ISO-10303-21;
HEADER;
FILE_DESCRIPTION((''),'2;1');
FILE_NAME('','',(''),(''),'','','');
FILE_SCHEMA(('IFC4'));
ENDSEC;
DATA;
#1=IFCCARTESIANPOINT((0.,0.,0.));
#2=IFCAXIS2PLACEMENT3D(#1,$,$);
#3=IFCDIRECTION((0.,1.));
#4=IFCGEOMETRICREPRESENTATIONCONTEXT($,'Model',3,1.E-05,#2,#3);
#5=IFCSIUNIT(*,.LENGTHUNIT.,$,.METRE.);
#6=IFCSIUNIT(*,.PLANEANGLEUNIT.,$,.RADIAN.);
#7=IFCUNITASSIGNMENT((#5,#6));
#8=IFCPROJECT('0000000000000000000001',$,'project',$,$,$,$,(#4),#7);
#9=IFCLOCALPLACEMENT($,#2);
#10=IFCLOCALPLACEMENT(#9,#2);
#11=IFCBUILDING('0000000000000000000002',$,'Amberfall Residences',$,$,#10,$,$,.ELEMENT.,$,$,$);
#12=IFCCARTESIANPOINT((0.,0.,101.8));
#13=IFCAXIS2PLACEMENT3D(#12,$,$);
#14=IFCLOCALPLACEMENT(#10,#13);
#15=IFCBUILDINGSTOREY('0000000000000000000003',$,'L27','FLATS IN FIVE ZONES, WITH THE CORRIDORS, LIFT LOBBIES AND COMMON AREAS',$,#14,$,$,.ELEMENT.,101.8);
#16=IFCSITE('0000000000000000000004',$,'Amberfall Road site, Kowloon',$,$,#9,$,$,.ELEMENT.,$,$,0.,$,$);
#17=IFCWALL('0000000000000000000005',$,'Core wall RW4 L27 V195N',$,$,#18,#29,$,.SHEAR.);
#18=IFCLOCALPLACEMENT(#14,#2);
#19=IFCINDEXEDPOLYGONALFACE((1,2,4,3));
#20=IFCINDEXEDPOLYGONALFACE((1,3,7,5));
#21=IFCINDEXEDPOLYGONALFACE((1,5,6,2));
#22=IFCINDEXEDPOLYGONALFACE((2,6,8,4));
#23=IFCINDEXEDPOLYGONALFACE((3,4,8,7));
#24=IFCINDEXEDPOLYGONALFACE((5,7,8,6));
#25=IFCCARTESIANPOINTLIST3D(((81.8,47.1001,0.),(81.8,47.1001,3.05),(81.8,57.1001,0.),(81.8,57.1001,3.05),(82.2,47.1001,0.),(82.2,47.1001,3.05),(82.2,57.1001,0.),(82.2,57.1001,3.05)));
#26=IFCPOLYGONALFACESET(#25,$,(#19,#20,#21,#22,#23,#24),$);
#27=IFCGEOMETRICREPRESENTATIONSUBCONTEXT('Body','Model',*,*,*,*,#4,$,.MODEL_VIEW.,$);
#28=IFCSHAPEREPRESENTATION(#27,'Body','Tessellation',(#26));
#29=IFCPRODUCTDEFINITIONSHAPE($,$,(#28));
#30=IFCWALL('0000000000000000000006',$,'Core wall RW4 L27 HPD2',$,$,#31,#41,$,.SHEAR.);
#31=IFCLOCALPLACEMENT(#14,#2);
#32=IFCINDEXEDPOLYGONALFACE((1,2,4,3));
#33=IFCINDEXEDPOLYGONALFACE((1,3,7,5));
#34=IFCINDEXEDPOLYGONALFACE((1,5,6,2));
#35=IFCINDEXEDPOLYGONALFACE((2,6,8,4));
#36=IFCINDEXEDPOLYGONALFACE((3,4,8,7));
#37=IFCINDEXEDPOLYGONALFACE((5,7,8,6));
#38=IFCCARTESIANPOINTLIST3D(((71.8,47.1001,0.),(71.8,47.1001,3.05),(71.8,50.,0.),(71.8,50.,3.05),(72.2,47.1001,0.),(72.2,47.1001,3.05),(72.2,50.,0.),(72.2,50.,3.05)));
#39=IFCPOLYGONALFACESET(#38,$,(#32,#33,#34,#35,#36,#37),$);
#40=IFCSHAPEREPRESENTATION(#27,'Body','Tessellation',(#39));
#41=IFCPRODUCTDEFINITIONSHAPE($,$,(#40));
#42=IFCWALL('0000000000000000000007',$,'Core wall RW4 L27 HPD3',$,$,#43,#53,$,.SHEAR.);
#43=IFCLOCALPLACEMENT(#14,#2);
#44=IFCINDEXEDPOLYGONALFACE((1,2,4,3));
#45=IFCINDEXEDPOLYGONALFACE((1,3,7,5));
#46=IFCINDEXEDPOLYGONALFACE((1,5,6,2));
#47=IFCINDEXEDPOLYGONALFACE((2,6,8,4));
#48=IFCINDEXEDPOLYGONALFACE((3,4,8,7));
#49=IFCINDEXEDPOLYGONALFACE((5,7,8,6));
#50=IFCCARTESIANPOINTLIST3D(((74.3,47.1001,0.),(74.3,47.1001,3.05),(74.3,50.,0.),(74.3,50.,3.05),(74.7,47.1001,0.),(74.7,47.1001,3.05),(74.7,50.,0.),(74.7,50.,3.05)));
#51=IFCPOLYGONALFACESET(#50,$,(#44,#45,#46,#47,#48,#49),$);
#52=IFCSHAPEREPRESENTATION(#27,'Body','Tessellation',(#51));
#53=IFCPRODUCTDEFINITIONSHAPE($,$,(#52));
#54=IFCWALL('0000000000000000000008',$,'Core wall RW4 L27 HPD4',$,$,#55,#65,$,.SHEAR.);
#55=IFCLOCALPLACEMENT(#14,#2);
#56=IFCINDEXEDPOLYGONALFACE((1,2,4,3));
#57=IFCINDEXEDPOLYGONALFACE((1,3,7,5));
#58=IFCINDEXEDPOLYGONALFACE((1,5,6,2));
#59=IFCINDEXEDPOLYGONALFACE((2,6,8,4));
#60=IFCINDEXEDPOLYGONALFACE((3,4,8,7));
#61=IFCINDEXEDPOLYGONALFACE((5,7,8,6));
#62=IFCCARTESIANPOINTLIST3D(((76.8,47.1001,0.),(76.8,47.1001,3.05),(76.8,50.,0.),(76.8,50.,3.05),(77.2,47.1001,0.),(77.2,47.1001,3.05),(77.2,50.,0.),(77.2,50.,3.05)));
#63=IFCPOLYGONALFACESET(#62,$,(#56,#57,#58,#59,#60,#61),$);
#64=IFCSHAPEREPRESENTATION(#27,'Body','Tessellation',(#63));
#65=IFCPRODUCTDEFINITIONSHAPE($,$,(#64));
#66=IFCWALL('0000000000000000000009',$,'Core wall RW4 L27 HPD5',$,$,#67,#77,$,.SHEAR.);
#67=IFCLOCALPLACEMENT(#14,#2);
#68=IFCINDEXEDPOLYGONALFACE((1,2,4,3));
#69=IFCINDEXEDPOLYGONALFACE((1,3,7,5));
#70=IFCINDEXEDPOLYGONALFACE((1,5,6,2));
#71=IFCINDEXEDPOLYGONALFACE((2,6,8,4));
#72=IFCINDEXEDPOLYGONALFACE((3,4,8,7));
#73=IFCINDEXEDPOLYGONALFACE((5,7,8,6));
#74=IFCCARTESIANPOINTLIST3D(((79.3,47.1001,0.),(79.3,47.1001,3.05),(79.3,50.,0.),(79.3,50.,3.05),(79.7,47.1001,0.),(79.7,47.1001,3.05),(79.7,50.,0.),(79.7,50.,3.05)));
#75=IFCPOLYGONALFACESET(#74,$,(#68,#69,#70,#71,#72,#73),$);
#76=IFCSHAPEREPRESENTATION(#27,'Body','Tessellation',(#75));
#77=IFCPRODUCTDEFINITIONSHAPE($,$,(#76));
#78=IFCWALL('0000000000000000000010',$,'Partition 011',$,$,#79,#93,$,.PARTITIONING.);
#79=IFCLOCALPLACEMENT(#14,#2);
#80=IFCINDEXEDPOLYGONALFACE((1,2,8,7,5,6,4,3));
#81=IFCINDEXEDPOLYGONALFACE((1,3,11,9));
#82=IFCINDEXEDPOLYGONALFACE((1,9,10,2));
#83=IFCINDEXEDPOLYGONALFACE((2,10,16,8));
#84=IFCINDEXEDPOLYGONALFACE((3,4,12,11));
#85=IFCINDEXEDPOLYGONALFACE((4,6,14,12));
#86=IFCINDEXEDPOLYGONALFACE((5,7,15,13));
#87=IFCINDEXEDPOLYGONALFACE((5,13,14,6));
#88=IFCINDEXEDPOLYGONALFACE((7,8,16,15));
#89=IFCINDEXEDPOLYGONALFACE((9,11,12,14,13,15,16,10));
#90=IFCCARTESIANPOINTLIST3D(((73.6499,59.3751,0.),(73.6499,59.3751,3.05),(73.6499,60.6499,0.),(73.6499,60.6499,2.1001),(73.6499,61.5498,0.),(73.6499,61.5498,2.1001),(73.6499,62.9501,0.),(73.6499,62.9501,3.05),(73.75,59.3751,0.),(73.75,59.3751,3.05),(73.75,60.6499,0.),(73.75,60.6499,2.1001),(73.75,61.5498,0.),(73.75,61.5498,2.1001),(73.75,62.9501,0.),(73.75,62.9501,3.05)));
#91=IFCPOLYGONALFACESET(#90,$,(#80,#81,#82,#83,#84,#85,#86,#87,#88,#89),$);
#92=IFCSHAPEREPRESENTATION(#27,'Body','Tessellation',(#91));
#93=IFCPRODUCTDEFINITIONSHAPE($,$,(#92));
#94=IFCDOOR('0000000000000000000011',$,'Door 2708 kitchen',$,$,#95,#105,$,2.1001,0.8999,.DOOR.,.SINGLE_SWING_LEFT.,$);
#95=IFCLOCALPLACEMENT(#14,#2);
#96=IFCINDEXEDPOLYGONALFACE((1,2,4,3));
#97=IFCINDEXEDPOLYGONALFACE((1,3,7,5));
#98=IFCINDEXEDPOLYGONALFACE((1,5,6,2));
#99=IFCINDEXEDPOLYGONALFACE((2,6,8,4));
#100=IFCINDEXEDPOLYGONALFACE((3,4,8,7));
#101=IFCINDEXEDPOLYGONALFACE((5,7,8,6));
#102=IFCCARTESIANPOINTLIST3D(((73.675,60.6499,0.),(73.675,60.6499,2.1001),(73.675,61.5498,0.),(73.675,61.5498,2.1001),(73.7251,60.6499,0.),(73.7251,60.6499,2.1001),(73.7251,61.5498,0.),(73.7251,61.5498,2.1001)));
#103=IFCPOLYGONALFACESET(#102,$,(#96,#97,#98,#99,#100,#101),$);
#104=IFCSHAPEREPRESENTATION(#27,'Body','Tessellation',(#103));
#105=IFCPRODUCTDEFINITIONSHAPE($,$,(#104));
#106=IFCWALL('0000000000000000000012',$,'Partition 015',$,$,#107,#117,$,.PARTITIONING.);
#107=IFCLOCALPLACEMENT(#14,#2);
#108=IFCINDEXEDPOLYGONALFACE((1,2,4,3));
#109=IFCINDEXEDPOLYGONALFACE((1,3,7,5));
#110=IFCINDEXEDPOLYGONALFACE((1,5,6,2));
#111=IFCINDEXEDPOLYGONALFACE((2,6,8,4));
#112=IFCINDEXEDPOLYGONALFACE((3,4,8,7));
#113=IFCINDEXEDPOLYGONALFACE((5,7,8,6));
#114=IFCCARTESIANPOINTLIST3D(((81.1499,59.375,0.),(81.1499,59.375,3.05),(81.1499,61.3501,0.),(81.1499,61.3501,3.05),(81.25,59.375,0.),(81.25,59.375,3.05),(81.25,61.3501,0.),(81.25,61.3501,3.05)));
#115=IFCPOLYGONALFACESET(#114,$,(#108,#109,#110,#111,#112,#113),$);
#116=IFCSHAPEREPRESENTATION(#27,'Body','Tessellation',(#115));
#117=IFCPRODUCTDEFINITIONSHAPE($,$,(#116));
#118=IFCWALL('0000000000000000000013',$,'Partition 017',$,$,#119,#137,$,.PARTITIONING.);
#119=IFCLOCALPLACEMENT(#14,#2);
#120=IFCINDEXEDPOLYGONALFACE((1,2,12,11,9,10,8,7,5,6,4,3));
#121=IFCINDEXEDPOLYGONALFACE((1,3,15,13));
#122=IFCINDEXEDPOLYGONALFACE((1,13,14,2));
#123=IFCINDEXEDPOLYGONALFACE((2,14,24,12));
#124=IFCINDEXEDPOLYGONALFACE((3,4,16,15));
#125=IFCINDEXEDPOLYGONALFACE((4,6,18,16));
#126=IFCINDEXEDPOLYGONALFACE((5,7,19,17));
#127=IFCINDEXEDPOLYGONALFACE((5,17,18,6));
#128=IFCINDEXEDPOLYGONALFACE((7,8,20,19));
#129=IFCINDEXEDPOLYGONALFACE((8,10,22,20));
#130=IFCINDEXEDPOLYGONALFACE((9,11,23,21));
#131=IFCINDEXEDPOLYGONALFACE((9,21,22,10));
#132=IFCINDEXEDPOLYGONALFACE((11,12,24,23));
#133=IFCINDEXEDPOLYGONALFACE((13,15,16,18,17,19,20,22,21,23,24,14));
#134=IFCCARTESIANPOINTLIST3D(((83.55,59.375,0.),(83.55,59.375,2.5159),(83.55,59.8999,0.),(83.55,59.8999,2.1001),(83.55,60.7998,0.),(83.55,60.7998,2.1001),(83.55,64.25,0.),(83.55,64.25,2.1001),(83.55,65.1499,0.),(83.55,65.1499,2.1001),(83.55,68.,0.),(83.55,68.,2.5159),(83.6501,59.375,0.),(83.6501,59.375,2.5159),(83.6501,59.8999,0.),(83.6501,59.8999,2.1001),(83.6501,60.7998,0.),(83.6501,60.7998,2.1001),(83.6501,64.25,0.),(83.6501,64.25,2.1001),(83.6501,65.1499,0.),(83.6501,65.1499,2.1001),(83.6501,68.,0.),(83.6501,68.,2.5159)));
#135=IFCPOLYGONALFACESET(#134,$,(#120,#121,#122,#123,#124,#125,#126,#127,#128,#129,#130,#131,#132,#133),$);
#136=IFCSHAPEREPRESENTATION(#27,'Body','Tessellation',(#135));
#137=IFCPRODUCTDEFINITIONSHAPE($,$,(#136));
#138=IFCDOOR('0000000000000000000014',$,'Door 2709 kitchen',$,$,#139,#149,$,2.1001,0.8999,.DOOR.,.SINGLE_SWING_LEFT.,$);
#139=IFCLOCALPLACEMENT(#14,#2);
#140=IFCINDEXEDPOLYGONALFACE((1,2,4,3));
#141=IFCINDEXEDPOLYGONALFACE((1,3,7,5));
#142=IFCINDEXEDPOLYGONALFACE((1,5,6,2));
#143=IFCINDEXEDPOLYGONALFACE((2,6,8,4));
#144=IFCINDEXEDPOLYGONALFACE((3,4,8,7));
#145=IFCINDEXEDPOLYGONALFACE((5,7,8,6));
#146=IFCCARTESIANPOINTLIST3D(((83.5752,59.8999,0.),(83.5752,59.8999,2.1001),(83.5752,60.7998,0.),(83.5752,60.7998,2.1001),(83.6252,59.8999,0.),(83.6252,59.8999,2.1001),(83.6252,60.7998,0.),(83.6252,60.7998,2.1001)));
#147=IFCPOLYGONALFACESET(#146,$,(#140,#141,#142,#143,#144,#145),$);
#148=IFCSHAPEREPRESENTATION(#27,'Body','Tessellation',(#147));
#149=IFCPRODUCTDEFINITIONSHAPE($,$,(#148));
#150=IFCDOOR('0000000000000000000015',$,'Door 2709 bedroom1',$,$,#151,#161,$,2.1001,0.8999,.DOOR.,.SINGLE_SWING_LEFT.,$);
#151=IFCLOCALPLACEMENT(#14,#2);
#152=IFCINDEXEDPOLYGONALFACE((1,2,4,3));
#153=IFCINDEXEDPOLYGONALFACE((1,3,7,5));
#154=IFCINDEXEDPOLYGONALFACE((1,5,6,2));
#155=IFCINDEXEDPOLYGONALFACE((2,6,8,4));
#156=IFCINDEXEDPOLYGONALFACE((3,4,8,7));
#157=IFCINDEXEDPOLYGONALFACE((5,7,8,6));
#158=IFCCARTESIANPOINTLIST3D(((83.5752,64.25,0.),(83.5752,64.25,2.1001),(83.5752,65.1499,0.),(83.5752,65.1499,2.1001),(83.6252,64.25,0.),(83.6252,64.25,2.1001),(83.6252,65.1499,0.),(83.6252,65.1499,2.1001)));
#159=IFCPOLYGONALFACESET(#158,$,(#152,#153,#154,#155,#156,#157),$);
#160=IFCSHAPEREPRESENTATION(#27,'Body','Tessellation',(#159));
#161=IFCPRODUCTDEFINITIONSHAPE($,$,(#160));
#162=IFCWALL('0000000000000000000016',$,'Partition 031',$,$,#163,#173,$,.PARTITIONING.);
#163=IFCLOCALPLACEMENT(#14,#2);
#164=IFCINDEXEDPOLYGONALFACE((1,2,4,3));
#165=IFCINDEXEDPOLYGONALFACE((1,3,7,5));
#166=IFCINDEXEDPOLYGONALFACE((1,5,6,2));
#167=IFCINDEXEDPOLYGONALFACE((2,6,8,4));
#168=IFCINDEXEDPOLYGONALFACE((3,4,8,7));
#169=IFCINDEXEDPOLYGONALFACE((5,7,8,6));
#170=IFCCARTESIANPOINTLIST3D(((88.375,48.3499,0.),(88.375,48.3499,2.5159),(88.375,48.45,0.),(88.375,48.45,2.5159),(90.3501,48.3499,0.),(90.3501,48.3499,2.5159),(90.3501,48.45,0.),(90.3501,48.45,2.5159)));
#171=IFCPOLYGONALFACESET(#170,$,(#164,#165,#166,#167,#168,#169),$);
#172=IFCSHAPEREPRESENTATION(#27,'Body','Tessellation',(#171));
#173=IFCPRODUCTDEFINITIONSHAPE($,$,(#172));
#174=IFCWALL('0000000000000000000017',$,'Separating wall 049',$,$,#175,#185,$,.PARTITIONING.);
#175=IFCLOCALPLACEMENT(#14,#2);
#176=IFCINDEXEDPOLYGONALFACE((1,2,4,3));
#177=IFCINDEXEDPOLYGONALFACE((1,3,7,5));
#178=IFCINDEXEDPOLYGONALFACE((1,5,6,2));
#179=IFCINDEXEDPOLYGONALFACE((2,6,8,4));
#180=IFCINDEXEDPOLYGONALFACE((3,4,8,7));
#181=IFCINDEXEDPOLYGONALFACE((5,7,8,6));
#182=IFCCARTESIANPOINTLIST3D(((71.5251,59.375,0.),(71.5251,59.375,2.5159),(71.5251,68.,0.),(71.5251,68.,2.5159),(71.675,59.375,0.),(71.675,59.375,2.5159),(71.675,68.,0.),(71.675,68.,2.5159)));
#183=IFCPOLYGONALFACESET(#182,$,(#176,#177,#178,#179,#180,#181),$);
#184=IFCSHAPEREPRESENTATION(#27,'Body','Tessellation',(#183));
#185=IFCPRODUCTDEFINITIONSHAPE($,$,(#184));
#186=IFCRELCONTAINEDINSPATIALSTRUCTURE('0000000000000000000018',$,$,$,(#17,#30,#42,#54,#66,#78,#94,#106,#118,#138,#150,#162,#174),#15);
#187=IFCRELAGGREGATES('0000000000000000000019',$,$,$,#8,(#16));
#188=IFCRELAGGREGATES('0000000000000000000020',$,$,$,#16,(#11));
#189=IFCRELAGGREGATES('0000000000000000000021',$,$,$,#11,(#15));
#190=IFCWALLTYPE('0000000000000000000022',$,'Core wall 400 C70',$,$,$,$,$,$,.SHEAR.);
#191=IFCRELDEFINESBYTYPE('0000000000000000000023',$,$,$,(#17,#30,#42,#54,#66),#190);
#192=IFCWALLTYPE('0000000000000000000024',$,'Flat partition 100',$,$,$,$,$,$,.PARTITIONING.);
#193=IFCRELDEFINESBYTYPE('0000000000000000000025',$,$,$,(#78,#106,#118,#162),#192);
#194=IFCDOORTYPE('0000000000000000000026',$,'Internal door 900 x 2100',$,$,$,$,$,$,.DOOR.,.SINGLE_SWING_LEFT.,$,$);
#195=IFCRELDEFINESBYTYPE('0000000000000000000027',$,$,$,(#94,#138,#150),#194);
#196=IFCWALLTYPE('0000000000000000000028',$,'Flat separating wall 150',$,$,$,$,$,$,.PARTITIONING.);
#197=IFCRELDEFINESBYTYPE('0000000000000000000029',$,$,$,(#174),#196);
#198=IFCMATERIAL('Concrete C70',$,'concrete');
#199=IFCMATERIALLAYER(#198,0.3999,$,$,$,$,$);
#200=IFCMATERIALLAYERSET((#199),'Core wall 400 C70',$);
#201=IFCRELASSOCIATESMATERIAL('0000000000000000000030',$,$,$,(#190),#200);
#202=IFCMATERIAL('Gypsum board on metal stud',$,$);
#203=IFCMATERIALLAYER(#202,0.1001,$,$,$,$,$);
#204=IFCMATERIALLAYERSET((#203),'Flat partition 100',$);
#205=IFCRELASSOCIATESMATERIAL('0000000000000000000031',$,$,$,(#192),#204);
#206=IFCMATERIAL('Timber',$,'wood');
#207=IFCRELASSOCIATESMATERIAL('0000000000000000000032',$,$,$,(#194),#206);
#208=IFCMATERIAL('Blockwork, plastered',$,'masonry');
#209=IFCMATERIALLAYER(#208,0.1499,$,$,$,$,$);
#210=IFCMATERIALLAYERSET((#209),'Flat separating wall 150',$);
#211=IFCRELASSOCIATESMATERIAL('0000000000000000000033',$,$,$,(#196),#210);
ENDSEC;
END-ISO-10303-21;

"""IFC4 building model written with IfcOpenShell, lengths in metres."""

from ifc_helpers import new_model, si_unit, direction, frame, frame_2d, origin, place, context, subcontext, project, spatial, rectangle, extrude, material, layer, layer_set, type_object, element, fill, save


model = new_model("IFC4")

# Units and contexts
model_context = context("Model", 3, precision=1e-05, world=origin(), true_north=direction((0.0, 1.0)))
body_context = subcontext(model_context, "Body", "Model", "MODEL_VIEW")
ifc_project = project(units=[si_unit("LENGTHUNIT", "METRE"), si_unit("PLANEANGLEUNIT", "RADIAN")], contexts=[model_context])

# Site, building, storey
site_placement = place(None, origin())
site = spatial("IfcSite", under=ifc_project, at=site_placement, Name="Amberfall Road site, Kowloon", CompositionType="ELEMENT", RefElevation=0.0)
building_placement = place(site_placement, origin())
building = spatial("IfcBuilding", under=site, at=building_placement, Name="Amberfall Residences", CompositionType="ELEMENT")
storey_placement = place(building_placement, frame((0.0, 0.0, 101.8)))
storey = spatial("IfcBuildingStorey", under=building, at=storey_placement, Name="L27", Description="FLATS IN FIVE ZONES, WITH THE CORRIDORS, LIFT LOBBIES AND COMMON AREAS", CompositionType="ELEMENT", Elevation=101.8)

# Walls
ifc_material_1 = material(Name="Concrete C70", Category="concrete")
ifc_layer_1 = layer(ifc_material_1, 0.3999)
ifc_layer_set_1 = layer_set([ifc_layer_1], Name="Core wall 400 C70")
wall_type_1 = type_object("IfcWallType", Name="Core wall 400 C70", PredefinedType="SHEAR", material=ifc_layer_set_1)
wall_1_placement = place(storey_placement, frame((82.0, 47.1001, 0.0), z_axis=(0.0, 0.0, 1.0), x_axis=(0.0, 1.0, 0.0)))
element("IfcWall", 1, at=wall_1_placement, inside=storey, type_object=wall_type_1, Name="Core wall RW4 L27 V195N", PredefinedType="SHEAR", context=body_context, shape_type="SweptSolid", body=[
    extrude(rectangle(XDim=10.0, YDim=0.3999, at=frame_2d((5.0, 0.0))), origin(), (0.0, 0.0, 1.0), 3.05),
])
for number, where, z_axis, x_axis, name in (
    (2, (72.0, 47.1001, 0.0), (0.0, 0.0, 1.0), (0.0, 1.0, 0.0), "Core wall RW4 L27 HPD2"),
    (3, (74.5, 47.1001, 0.0), (0.0, 0.0, 1.0), (0.0, 1.0, 0.0), "Core wall RW4 L27 HPD3"),
    (4, (77.0, 47.1001, 0.0), (0.0, 0.0, 1.0), (0.0, 1.0, 0.0), "Core wall RW4 L27 HPD4"),
    (5, (79.5, 47.1001, 0.0), (0.0, 0.0, 1.0), (0.0, 1.0, 0.0), "Core wall RW4 L27 HPD5"),
):
    element("IfcWall", number, at=place(storey_placement, frame(where, z_axis=z_axis, x_axis=x_axis)), inside=storey, type_object=wall_type_1, Name=name, PredefinedType="SHEAR", context=body_context, shape_type="SweptSolid", body=[
        extrude(rectangle(XDim=2.8999, YDim=0.3999, at=frame_2d((1.45, 0.0))), origin(), (0.0, 0.0, 1.0), 3.05),
    ])

# Wall, opening, door
ifc_material_2 = material(Name="Gypsum board on metal stud")
ifc_layer_2 = layer(ifc_material_2, 0.1001)
ifc_layer_set_2 = layer_set([ifc_layer_2], Name="Flat partition 100")
wall_type_2 = type_object("IfcWallType", Name="Flat partition 100", PredefinedType="PARTITIONING", material=ifc_layer_set_2)
wall_2_placement = place(storey_placement, frame((73.7, 59.375, 0.0), z_axis=(0.0, 0.0, 1.0), x_axis=(0.0, 1.0, 0.0)))
wall_2 = element("IfcWall", 6, at=wall_2_placement, inside=storey, type_object=wall_type_2, Name="Partition 011", PredefinedType="PARTITIONING", context=body_context, shape_type="SweptSolid", body=[
    extrude(rectangle(XDim=3.575, YDim=0.1001, at=frame_2d((1.7876, 0.0))), origin(), (0.0, 0.0, 1.0), 3.05),
])
opening_1_placement = place(wall_2_placement, frame((1.2749, 0.0, 0.0)))
opening_1 = element("IfcOpeningElement", 7, at=opening_1_placement, cuts=wall_2, PredefinedType="OPENING", context=body_context, shape_type="SweptSolid", body=[
    extrude(rectangle(XDim=0.8999, YDim=2.1001, at=frame_2d((0.45, 1.05))), frame((0.0, 0.0601, 0.0), z_axis=(0.0, -1.0, 0.0), x_axis=(1.0, 0.0, 0.0)), (0.0, 0.0, 1.0), 0.1201),
])
ifc_material_3 = material(Name="Timber", Category="wood")
door_type = type_object("IfcDoorType", Name="Internal door 900 x 2100", OperationType="SINGLE_SWING_LEFT", PredefinedType="DOOR", material=ifc_material_3)
door_1_placement = place(opening_1_placement, origin())
door_1 = element("IfcDoor", 8, at=door_1_placement, inside=storey, type_object=door_type, Name="Door 2708 kitchen", OperationType="SINGLE_SWING_LEFT", OverallHeight=2.1001, OverallWidth=0.8999, PredefinedType="DOOR", context=body_context, shape_type="SweptSolid", body=[
    extrude(rectangle(XDim=0.8999, YDim=2.1001, at=frame_2d((0.45, 1.05))), frame((0.0, 0.0249, 0.0), z_axis=(0.0, -1.0, 0.0), x_axis=(1.0, 0.0, 0.0)), (0.0, 0.0, 1.0), 0.05),
])
fill(opening_1, door_1)

# Wall
wall_3_placement = place(storey_placement, frame((81.2, 59.375, 0.0), z_axis=(0.0, 0.0, 1.0), x_axis=(0.0, 1.0, 0.0)))
element("IfcWall", 9, at=wall_3_placement, inside=storey, type_object=wall_type_2, Name="Partition 015", PredefinedType="PARTITIONING", context=body_context, shape_type="SweptSolid", body=[
    extrude(rectangle(XDim=1.9751, YDim=0.1001, at=frame_2d((0.9875, 0.0))), origin(), (0.0, 0.0, 1.0), 3.05),
])

# Wall, openings, doors
wall_4_placement = place(storey_placement, frame((83.6001, 59.375, 0.0), z_axis=(0.0, 0.0, 1.0), x_axis=(0.0, 1.0, 0.0)))
wall_4 = element("IfcWall", 10, at=wall_4_placement, inside=storey, type_object=wall_type_2, Name="Partition 017", PredefinedType="PARTITIONING", context=body_context, shape_type="SweptSolid", body=[
    extrude(rectangle(XDim=8.625, YDim=0.1001, at=frame_2d((4.3125, 0.0))), origin(), (0.0, 0.0, 1.0), 2.5159),
])
opening_2_placement = place(wall_4_placement, frame((0.5249, 0.0, 0.0)))
opening_2 = element("IfcOpeningElement", 11, at=opening_2_placement, cuts=wall_4, PredefinedType="OPENING", context=body_context, shape_type="SweptSolid", body=[
    extrude(rectangle(XDim=0.8999, YDim=2.1001, at=frame_2d((0.45, 1.05))), frame((0.0, 0.0601, 0.0), z_axis=(0.0, -1.0, 0.0), x_axis=(1.0, 0.0, 0.0)), (0.0, 0.0, 1.0), 0.1201),
])
opening_3_placement = place(wall_4_placement, frame((4.875, 0.0, 0.0)))
opening_3 = element("IfcOpeningElement", 12, at=opening_3_placement, cuts=wall_4, PredefinedType="OPENING", context=body_context, shape_type="SweptSolid", body=[
    extrude(rectangle(XDim=0.8999, YDim=2.1001, at=frame_2d((0.45, 1.05))), frame((0.0, 0.0601, 0.0), z_axis=(0.0, -1.0, 0.0), x_axis=(1.0, 0.0, 0.0)), (0.0, 0.0, 1.0), 0.1201),
])
door_2_placement = place(opening_2_placement, origin())
door_2 = element("IfcDoor", 13, at=door_2_placement, inside=storey, type_object=door_type, Name="Door 2709 kitchen", OperationType="SINGLE_SWING_LEFT", OverallHeight=2.1001, OverallWidth=0.8999, PredefinedType="DOOR", context=body_context, shape_type="SweptSolid", body=[
    extrude(rectangle(XDim=0.8999, YDim=2.1001, at=frame_2d((0.45, 1.05))), frame((0.0, 0.0249, 0.0), z_axis=(0.0, -1.0, 0.0), x_axis=(1.0, 0.0, 0.0)), (0.0, 0.0, 1.0), 0.05),
])
fill(opening_2, door_2)
door_3_placement = place(opening_3_placement, origin())
door_3 = element("IfcDoor", 14, at=door_3_placement, inside=storey, type_object=door_type, Name="Door 2709 bedroom1", OperationType="SINGLE_SWING_LEFT", OverallHeight=2.1001, OverallWidth=0.8999, PredefinedType="DOOR", context=body_context, shape_type="SweptSolid", body=[
    extrude(rectangle(XDim=0.8999, YDim=2.1001, at=frame_2d((0.45, 1.05))), frame((0.0, 0.0249, 0.0), z_axis=(0.0, -1.0, 0.0), x_axis=(1.0, 0.0, 0.0)), (0.0, 0.0, 1.0), 0.05),
])
fill(opening_3, door_3)

# Walls
wall_5_placement = place(storey_placement, frame((88.375, 48.3999, 0.0), z_axis=(0.0, 0.0, 1.0), x_axis=(1.0, 0.0, 0.0)))
element("IfcWall", 15, at=wall_5_placement, inside=storey, type_object=wall_type_2, Name="Partition 031", PredefinedType="PARTITIONING", context=body_context, shape_type="SweptSolid", body=[
    extrude(rectangle(XDim=1.9751, YDim=0.1001, at=frame_2d((0.9875, 0.0))), origin(), (0.0, 0.0, 1.0), 2.5159),
])
ifc_material_4 = material(Name="Blockwork, plastered", Category="masonry")
ifc_layer_3 = layer(ifc_material_4, 0.1499)
ifc_layer_set_3 = layer_set([ifc_layer_3], Name="Flat separating wall 150")
wall_type_3 = type_object("IfcWallType", Name="Flat separating wall 150", PredefinedType="PARTITIONING", material=ifc_layer_set_3)
for number, where, z_axis, x_axis, name in (
    (16, (71.6001, 59.375, 0.0), (0.0, 0.0, 1.0), (0.0, 1.0, 0.0), "Separating wall 049"),
):
    element("IfcWall", number, at=place(storey_placement, frame(where, z_axis=z_axis, x_axis=x_axis)), inside=storey, type_object=wall_type_3, Name=name, PredefinedType="PARTITIONING", context=body_context, shape_type="SweptSolid", body=[
        extrude(rectangle(XDim=8.625, YDim=0.1499, at=frame_2d((4.3125, 0.0))), origin(), (0.0, 0.0, 1.0), 2.5159),
    ])

save(model, "model.ifc")
